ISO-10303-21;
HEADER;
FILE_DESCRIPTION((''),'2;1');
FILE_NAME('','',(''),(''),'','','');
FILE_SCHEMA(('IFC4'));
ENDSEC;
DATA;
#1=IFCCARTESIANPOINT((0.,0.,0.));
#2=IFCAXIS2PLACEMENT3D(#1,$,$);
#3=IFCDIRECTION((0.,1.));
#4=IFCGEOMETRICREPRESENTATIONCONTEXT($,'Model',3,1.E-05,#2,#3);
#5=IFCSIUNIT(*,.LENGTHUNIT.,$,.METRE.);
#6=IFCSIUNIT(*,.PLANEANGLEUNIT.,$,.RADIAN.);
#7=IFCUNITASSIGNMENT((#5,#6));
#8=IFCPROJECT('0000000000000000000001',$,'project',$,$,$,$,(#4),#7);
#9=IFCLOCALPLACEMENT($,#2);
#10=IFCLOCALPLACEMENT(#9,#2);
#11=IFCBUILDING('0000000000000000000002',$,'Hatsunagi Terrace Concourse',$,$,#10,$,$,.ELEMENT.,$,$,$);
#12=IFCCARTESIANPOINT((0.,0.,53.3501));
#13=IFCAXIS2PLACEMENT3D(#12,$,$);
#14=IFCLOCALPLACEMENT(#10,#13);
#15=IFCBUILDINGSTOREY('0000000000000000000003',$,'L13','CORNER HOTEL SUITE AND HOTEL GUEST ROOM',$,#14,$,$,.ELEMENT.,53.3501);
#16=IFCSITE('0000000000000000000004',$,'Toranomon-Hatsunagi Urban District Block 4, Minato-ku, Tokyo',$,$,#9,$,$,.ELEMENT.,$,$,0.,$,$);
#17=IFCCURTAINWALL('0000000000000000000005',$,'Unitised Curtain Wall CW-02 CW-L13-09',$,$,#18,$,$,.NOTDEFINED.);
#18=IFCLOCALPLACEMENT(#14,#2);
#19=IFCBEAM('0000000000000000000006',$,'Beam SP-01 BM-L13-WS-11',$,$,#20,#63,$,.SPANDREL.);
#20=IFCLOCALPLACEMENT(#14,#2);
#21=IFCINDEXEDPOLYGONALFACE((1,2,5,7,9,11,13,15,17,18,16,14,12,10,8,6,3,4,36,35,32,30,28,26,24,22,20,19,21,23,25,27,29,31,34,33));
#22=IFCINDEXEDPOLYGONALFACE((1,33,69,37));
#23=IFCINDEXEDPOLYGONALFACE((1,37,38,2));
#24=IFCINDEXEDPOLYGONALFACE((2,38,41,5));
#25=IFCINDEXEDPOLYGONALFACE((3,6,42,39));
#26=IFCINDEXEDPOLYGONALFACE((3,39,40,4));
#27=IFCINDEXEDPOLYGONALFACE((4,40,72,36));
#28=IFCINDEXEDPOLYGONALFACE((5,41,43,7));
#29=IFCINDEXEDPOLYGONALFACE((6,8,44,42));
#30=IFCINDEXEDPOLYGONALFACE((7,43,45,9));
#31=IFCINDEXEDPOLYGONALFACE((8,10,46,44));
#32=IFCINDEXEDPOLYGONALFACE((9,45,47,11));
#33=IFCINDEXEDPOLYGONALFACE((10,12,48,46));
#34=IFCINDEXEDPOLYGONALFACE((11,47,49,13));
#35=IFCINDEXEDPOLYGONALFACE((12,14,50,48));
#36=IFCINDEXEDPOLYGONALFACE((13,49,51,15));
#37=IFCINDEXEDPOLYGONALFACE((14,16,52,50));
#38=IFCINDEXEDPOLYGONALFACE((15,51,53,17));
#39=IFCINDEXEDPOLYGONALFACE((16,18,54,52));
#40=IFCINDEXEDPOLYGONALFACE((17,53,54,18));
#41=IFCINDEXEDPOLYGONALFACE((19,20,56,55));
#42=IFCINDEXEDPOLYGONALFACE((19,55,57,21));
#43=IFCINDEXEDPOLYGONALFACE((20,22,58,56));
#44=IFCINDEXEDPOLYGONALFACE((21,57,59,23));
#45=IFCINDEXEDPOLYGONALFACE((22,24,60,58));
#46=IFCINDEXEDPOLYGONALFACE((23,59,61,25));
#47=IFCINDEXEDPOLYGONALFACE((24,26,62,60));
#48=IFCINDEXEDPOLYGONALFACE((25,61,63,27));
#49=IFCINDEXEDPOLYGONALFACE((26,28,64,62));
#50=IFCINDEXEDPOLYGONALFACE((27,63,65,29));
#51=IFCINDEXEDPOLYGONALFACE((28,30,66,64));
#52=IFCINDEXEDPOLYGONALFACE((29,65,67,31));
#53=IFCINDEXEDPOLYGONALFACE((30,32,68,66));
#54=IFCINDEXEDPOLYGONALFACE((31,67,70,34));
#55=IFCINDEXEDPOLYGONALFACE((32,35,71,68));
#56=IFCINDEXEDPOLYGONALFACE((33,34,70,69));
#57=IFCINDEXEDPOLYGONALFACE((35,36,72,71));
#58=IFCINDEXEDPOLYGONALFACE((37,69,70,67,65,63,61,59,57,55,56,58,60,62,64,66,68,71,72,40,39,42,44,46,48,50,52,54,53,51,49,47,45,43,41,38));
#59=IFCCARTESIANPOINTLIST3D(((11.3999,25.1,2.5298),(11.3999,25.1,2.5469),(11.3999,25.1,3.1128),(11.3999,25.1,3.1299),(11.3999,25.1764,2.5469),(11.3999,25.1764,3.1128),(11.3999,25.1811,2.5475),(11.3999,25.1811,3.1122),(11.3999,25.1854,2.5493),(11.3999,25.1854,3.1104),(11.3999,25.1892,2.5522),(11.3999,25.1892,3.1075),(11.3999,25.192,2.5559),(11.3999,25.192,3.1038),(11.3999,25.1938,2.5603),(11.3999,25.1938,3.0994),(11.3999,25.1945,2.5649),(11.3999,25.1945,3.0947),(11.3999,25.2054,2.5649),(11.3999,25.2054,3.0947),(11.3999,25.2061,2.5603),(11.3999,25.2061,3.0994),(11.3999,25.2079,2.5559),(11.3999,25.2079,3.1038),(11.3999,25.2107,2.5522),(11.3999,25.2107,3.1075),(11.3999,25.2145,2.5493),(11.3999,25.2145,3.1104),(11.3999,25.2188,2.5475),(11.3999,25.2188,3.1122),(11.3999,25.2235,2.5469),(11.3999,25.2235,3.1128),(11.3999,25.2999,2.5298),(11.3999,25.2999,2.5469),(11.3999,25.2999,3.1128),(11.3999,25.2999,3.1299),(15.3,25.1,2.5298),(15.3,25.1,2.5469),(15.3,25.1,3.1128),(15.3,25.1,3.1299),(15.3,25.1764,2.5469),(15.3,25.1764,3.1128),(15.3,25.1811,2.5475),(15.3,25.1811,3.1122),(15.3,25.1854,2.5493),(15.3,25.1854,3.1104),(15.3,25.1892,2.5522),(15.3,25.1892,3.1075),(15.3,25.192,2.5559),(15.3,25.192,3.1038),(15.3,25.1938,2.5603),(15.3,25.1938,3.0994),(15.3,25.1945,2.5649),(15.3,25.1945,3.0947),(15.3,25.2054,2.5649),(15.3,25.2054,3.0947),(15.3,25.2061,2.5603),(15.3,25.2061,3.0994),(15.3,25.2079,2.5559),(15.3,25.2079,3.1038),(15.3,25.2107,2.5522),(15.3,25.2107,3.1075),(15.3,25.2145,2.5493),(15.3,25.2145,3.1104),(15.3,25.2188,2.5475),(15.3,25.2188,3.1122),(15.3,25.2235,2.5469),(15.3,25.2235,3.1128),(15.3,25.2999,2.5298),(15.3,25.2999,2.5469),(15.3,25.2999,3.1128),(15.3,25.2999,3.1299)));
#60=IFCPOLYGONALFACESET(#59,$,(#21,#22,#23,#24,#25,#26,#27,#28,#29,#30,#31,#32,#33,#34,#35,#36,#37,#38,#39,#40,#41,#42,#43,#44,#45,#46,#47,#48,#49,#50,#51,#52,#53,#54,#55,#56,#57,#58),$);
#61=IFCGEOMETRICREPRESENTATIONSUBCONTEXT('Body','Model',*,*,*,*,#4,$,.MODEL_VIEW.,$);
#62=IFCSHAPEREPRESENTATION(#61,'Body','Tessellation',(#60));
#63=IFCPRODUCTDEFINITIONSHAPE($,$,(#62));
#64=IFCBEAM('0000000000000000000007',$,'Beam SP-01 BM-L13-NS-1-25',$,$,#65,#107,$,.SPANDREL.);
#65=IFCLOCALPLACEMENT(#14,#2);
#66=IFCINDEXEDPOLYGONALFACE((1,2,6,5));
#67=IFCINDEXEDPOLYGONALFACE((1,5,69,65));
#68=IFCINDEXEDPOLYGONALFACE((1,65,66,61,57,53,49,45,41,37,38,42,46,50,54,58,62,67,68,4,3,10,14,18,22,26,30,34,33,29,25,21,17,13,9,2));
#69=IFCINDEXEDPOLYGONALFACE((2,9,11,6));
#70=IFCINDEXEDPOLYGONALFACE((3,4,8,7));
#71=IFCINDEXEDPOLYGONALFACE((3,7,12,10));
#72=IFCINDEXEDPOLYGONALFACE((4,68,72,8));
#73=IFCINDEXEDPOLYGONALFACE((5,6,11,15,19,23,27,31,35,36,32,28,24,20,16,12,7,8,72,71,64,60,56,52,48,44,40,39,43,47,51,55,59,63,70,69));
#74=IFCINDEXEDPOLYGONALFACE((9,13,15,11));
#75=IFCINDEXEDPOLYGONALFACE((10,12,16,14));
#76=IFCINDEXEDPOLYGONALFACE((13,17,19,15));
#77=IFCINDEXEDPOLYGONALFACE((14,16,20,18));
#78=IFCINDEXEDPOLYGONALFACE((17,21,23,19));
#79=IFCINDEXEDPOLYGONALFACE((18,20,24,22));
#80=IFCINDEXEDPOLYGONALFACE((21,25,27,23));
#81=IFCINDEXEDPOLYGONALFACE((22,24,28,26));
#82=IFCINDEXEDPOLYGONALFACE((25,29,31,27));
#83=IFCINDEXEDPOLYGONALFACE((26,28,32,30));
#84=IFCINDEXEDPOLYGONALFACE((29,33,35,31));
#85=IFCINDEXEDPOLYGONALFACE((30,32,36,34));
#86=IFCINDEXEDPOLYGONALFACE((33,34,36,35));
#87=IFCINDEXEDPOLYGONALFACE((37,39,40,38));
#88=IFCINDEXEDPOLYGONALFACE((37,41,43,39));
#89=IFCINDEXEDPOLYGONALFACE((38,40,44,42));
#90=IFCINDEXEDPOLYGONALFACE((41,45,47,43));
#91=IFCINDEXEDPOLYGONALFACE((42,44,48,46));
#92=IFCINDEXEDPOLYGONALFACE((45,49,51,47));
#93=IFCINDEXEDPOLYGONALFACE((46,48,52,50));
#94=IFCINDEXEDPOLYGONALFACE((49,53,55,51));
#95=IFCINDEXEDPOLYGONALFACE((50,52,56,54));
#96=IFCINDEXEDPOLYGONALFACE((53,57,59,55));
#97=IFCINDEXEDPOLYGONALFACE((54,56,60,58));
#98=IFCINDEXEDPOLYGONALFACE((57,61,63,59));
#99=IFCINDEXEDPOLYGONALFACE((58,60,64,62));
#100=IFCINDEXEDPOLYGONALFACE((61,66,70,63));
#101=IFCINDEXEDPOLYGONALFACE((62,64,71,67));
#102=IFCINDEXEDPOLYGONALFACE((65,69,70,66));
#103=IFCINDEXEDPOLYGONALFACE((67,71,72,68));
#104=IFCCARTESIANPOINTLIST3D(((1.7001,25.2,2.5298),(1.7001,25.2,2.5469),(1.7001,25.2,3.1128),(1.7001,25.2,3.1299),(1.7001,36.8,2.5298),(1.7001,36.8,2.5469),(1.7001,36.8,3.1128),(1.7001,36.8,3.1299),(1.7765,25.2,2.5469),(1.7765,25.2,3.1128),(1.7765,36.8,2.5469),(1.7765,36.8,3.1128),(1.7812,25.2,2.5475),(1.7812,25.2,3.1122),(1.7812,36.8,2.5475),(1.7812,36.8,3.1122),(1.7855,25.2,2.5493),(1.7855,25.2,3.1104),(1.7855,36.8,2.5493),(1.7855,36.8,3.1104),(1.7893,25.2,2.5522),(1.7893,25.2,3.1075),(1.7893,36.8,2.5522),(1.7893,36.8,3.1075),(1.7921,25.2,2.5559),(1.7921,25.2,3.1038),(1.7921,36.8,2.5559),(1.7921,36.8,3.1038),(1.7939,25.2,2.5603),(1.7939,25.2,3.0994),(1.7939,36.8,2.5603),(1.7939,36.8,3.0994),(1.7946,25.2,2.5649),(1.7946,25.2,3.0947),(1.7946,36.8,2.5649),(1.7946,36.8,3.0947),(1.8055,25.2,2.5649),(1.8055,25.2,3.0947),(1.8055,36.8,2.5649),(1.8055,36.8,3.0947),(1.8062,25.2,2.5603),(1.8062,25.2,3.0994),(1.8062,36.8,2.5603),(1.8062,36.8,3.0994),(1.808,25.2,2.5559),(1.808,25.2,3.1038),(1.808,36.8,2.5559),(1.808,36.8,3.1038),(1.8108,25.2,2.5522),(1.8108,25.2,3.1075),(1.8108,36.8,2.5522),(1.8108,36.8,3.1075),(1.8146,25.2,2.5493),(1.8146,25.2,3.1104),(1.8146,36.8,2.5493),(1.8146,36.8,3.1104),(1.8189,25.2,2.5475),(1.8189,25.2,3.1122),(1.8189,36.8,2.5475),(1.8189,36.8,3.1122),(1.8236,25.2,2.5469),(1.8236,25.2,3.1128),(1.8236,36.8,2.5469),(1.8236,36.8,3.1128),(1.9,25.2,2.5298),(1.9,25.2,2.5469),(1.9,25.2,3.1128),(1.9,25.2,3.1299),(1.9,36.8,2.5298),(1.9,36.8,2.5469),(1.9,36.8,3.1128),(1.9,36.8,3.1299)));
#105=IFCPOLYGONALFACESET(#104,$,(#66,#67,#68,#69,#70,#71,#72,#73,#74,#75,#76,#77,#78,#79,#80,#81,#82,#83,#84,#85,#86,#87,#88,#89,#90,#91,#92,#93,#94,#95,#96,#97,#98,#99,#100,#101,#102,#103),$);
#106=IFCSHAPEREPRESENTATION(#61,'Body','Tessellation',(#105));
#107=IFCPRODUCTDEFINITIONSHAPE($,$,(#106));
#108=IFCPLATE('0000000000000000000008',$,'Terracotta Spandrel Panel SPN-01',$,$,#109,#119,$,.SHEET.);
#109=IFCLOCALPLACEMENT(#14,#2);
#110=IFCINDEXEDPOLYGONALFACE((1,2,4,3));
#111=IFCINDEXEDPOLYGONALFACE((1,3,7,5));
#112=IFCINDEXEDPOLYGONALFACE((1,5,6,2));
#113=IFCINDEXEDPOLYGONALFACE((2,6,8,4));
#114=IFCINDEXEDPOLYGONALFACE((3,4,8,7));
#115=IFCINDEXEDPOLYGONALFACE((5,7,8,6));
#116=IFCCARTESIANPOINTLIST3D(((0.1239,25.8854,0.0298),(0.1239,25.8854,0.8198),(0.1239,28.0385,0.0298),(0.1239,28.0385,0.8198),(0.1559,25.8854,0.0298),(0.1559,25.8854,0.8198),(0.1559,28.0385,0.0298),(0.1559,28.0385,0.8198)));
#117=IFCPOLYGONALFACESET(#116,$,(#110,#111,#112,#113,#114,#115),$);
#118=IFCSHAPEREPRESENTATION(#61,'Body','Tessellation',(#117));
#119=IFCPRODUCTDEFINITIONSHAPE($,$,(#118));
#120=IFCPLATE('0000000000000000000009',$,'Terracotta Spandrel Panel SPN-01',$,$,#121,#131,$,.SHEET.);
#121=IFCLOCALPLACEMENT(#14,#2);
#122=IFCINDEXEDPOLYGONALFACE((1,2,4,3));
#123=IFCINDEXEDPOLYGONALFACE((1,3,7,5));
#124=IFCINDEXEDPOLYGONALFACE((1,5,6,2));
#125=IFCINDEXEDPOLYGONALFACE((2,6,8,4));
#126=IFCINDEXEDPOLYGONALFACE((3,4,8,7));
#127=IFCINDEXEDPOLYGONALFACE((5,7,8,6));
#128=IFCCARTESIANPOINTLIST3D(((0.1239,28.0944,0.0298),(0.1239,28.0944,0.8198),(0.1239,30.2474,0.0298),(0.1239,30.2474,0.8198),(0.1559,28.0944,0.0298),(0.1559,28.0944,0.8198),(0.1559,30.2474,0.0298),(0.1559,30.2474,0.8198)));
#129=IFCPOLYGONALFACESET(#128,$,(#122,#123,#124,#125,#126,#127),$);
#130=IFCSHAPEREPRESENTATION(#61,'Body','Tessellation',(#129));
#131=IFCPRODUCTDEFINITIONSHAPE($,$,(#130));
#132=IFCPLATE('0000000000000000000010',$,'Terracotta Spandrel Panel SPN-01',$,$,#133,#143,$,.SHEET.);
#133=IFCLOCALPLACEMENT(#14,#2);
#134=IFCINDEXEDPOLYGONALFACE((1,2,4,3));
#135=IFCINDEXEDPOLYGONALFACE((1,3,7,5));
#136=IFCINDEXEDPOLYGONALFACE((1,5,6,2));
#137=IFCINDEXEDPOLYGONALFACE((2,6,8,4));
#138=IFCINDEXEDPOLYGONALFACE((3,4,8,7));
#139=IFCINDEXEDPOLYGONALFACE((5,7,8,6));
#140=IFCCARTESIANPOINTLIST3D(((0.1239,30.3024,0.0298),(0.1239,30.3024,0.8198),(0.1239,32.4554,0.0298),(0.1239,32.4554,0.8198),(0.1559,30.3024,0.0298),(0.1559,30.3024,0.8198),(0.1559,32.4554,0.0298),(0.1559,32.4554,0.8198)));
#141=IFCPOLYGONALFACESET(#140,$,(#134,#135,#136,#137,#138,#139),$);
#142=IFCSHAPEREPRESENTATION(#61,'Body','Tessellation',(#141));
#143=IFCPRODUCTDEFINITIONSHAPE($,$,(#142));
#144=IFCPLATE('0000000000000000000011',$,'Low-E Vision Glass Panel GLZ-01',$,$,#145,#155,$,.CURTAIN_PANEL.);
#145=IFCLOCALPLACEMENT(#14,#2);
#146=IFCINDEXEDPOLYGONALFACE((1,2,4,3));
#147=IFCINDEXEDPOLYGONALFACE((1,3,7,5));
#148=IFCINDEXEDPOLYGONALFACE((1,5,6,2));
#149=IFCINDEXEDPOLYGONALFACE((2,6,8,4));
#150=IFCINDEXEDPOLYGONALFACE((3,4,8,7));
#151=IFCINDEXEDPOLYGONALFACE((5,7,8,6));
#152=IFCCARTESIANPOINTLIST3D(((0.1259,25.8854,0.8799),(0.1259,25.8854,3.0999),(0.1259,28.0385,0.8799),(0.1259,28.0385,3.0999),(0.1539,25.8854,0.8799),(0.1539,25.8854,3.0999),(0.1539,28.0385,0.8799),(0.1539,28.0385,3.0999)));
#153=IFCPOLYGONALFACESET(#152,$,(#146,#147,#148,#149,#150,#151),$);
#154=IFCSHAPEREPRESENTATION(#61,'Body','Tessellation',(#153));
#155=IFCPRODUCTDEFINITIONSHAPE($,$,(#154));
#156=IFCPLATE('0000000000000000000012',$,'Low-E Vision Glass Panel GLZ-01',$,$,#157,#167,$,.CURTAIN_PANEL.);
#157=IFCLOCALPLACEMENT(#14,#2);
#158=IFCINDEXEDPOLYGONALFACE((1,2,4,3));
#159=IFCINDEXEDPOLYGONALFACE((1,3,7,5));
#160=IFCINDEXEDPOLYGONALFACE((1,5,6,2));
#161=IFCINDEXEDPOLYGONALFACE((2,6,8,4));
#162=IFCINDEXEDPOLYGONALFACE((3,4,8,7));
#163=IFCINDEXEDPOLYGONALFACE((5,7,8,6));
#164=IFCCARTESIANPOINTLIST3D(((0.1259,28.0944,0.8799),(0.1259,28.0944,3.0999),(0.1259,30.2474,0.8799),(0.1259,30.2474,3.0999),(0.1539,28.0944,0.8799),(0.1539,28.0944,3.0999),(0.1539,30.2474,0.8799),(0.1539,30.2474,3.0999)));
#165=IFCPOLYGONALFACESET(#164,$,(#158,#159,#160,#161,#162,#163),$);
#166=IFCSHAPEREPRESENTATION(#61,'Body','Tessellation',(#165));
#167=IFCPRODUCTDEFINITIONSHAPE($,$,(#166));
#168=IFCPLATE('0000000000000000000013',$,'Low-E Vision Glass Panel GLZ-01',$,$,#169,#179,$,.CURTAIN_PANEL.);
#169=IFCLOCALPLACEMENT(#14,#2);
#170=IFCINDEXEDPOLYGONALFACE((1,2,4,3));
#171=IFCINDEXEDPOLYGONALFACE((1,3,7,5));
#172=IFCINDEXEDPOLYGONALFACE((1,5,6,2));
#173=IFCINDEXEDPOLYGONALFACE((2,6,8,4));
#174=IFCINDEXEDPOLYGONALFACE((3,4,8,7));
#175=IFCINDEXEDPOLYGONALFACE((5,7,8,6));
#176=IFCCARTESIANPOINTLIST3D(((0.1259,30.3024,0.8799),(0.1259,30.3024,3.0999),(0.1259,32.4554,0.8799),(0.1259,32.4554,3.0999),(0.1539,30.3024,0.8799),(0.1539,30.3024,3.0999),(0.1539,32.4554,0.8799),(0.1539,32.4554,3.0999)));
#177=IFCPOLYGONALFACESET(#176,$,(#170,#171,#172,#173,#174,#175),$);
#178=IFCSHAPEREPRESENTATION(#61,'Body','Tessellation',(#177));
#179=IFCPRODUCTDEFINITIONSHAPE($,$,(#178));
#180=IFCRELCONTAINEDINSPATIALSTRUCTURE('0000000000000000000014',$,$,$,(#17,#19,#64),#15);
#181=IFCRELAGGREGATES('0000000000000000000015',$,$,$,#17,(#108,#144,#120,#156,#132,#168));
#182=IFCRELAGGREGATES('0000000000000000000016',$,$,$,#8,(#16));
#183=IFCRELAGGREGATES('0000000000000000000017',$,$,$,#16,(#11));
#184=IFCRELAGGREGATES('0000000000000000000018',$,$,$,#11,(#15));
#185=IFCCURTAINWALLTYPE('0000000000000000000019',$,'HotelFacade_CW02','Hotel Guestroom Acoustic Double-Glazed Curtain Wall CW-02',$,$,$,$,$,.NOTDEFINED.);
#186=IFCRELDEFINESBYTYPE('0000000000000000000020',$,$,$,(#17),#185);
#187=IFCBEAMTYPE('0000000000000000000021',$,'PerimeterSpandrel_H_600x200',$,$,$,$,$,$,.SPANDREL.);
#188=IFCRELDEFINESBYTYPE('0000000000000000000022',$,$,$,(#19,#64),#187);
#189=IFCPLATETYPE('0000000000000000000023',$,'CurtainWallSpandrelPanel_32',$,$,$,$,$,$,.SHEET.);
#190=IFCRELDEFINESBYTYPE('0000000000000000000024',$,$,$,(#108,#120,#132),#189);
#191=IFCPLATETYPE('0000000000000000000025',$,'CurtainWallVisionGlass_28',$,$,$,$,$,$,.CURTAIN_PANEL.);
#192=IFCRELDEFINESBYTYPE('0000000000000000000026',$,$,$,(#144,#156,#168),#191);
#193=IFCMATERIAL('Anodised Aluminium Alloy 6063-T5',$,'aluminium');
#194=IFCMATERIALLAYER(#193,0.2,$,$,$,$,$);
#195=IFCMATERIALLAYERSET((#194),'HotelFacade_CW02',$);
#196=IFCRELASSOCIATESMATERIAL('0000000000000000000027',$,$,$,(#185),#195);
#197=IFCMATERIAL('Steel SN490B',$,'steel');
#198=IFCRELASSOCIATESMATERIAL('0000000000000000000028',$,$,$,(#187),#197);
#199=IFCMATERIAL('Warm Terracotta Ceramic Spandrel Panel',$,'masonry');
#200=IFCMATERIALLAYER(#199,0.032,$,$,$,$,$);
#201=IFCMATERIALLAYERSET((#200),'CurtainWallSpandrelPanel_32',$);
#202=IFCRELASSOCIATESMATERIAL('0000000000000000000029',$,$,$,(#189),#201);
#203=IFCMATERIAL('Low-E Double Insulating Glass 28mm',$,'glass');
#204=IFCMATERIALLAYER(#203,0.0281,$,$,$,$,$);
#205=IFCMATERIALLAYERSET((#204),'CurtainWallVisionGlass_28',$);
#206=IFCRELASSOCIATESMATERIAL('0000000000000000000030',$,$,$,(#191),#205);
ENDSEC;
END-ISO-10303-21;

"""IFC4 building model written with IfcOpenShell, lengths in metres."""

from ifc_helpers import new_model, si_unit, direction, frame, origin, origin_2d, place, context, subcontext, project, spatial, rectangle, i_section, extrude, material, layer, layer_set, material_profile, profile_set, type_object, element, aggregate, save


model = new_model("IFC4")

# Units and contexts
model_context = context("Model", 3, precision=1e-05, world=origin(), true_north=direction((0.0, 1.0)))
body_context = subcontext(model_context, "Body", "Model", "MODEL_VIEW")
ifc_project = project(units=[si_unit("LENGTHUNIT", "METRE"), si_unit("PLANEANGLEUNIT", "RADIAN")], contexts=[model_context])

# Site, building, storey
site_placement = place(None, origin())
site = spatial("IfcSite", under=ifc_project, at=site_placement, Name="Toranomon-Hatsunagi Urban District Block 4, Minato-ku, Tokyo", CompositionType="ELEMENT", RefElevation=0.0)
building_placement = place(site_placement, origin())
building = spatial("IfcBuilding", under=site, at=building_placement, Name="Hatsunagi Terrace Concourse", CompositionType="ELEMENT")
storey_placement = place(building_placement, frame((0.0, 0.0, 53.3501)))
storey = spatial("IfcBuildingStorey", under=building, at=storey_placement, Name="L13", Description="CORNER HOTEL SUITE AND HOTEL GUEST ROOM", CompositionType="ELEMENT", Elevation=53.3501)

# Curtain wall
ifc_material_1 = material(Name="Anodised Aluminium Alloy 6063-T5", Category="aluminium")
ifc_layer_1 = layer(ifc_material_1, 0.2)
ifc_layer_set_1 = layer_set([ifc_layer_1], Name="HotelFacade_CW02")
curtain_wall_type = type_object("IfcCurtainWallType", Name="HotelFacade_CW02", Description="Hotel Guestroom Acoustic Double-Glazed Curtain Wall CW-02", PredefinedType="NOTDEFINED", material=ifc_layer_set_1)
curtain_wall_placement = place(storey_placement, origin())
curtain_wall = element("IfcCurtainWall", 1, at=curtain_wall_placement, inside=storey, type_object=curtain_wall_type, Name="Unitised Curtain Wall CW-02 CW-L13-09", PredefinedType="NOTDEFINED")

# Beams
ifc_material_2 = material(Name="Steel SN490B", Category="steel")
ifc_material_profile_1 = material_profile(ifc_material_2, i_section(OverallWidth=0.2, OverallDepth=0.6001, WebThickness=0.011, FlangeThickness=0.0171, FilletRadius=0.0181, at=origin_2d()), Name="H-600x200x11x17")
ifc_profile_set_1 = profile_set([ifc_material_profile_1], Name="Steel SN490B")
beam_type_1 = type_object("IfcBeamType", Name="PerimeterSpandrel_H_600x200", PredefinedType="SPANDREL", material=ifc_profile_set_1)
beam_1_placement = place(storey_placement, frame((11.3999, 25.2, 2.8298), z_axis=(1.0, 0.0, 0.0), x_axis=(0.0, 1.0, 0.0)))
element("IfcBeam", 2, at=beam_1_placement, inside=storey, type_object=beam_type_1, Name="Beam SP-01 BM-L13-WS-11", PredefinedType="SPANDREL", context=body_context, shape_type="SweptSolid", body=[
    extrude(i_section(OverallWidth=0.2, OverallDepth=0.6001, WebThickness=0.011, FlangeThickness=0.0171, FilletRadius=0.0181, at=origin_2d()), origin(), (0.0, 0.0, 1.0), 3.9001),
])
beam_2_placement = place(storey_placement, frame((1.8, 25.2, 2.8298), z_axis=(0.0, 1.0, 0.0), x_axis=(-1.0, 0.0, 0.0)))
element("IfcBeam", 3, at=beam_2_placement, inside=storey, type_object=beam_type_1, Name="Beam SP-01 BM-L13-NS-1-25", PredefinedType="SPANDREL", context=body_context, shape_type="SweptSolid", body=[
    extrude(i_section(OverallWidth=0.2, OverallDepth=0.6001, WebThickness=0.011, FlangeThickness=0.0171, FilletRadius=0.0181, at=origin_2d()), origin(), (0.0, 0.0, 1.0), 11.6001),
])

# Plates
ifc_material_3 = material(Name="Warm Terracotta Ceramic Spandrel Panel", Category="masonry")
ifc_layer_2 = layer(ifc_material_3, 0.032)
ifc_layer_set_2 = layer_set([ifc_layer_2], Name="CurtainWallSpandrelPanel_32")
plate_type_1 = type_object("IfcPlateType", Name="CurtainWallSpandrelPanel_32", PredefinedType="SHEET", material=ifc_layer_set_2)
plate_1_placement = place(storey_placement, frame((0.1399, 26.9619, 0.0298), z_axis=(0.0, 0.0, 1.0), x_axis=(0.0, 1.0, 0.0)))
plate_1 = element("IfcPlate", 4, at=plate_1_placement, type_object=plate_type_1, Name="Terracotta Spandrel Panel SPN-01", PredefinedType="SHEET", context=body_context, shape_type="SweptSolid", body=[
    extrude(rectangle(XDim=2.1531, YDim=0.032, at=origin_2d()), origin(), (0.0, 0.0, 1.0), 0.79),
])
plate_2_placement = place(storey_placement, frame((0.1399, 29.1709, 0.0298), z_axis=(0.0, 0.0, 1.0), x_axis=(0.0, 1.0, 0.0)))
plate_2 = element("IfcPlate", 5, at=plate_2_placement, type_object=plate_type_1, Name="Terracotta Spandrel Panel SPN-01", PredefinedType="SHEET", context=body_context, shape_type="SweptSolid", body=[
    extrude(rectangle(XDim=2.1531, YDim=0.032, at=origin_2d()), origin(), (0.0, 0.0, 1.0), 0.79),
])
plate_3_placement = place(storey_placement, frame((0.1399, 31.3789, 0.0298), z_axis=(0.0, 0.0, 1.0), x_axis=(0.0, 1.0, 0.0)))
plate_3 = element("IfcPlate", 6, at=plate_3_placement, type_object=plate_type_1, Name="Terracotta Spandrel Panel SPN-01", PredefinedType="SHEET", context=body_context, shape_type="SweptSolid", body=[
    extrude(rectangle(XDim=2.1531, YDim=0.032, at=origin_2d()), origin(), (0.0, 0.0, 1.0), 0.79),
])
ifc_material_4 = material(Name="Low-E Double Insulating Glass 28mm", Category="glass")
ifc_layer_3 = layer(ifc_material_4, 0.0281)
ifc_layer_set_3 = layer_set([ifc_layer_3], Name="CurtainWallVisionGlass_28")
plate_type_2 = type_object("IfcPlateType", Name="CurtainWallVisionGlass_28", PredefinedType="CURTAIN_PANEL", material=ifc_layer_set_3)
plate_4_placement = place(storey_placement, frame((0.1399, 26.9619, 0.8799), z_axis=(0.0, 0.0, 1.0), x_axis=(0.0, 1.0, 0.0)))
plate_4 = element("IfcPlate", 7, at=plate_4_placement, type_object=plate_type_2, Name="Low-E Vision Glass Panel GLZ-01", PredefinedType="CURTAIN_PANEL", context=body_context, shape_type="SweptSolid", body=[
    extrude(rectangle(XDim=2.1531, YDim=0.0281, at=origin_2d()), origin(), (0.0, 0.0, 1.0), 2.22),
])
plate_5_placement = place(storey_placement, frame((0.1399, 29.1709, 0.8799), z_axis=(0.0, 0.0, 1.0), x_axis=(0.0, 1.0, 0.0)))
plate_5 = element("IfcPlate", 8, at=plate_5_placement, type_object=plate_type_2, Name="Low-E Vision Glass Panel GLZ-01", PredefinedType="CURTAIN_PANEL", context=body_context, shape_type="SweptSolid", body=[
    extrude(rectangle(XDim=2.1531, YDim=0.0281, at=origin_2d()), origin(), (0.0, 0.0, 1.0), 2.22),
])
plate_6_placement = place(storey_placement, frame((0.1399, 31.3789, 0.8799), z_axis=(0.0, 0.0, 1.0), x_axis=(0.0, 1.0, 0.0)))
plate_6 = element("IfcPlate", 9, at=plate_6_placement, type_object=plate_type_2, Name="Low-E Vision Glass Panel GLZ-01", PredefinedType="CURTAIN_PANEL", context=body_context, shape_type="SweptSolid", body=[
    extrude(rectangle(XDim=2.1531, YDim=0.0281, at=origin_2d()), origin(), (0.0, 0.0, 1.0), 2.22),
])
aggregate(curtain_wall, [plate_1, plate_4, plate_2, plate_5, plate_3, plate_6])

save(model, "model.ifc")
